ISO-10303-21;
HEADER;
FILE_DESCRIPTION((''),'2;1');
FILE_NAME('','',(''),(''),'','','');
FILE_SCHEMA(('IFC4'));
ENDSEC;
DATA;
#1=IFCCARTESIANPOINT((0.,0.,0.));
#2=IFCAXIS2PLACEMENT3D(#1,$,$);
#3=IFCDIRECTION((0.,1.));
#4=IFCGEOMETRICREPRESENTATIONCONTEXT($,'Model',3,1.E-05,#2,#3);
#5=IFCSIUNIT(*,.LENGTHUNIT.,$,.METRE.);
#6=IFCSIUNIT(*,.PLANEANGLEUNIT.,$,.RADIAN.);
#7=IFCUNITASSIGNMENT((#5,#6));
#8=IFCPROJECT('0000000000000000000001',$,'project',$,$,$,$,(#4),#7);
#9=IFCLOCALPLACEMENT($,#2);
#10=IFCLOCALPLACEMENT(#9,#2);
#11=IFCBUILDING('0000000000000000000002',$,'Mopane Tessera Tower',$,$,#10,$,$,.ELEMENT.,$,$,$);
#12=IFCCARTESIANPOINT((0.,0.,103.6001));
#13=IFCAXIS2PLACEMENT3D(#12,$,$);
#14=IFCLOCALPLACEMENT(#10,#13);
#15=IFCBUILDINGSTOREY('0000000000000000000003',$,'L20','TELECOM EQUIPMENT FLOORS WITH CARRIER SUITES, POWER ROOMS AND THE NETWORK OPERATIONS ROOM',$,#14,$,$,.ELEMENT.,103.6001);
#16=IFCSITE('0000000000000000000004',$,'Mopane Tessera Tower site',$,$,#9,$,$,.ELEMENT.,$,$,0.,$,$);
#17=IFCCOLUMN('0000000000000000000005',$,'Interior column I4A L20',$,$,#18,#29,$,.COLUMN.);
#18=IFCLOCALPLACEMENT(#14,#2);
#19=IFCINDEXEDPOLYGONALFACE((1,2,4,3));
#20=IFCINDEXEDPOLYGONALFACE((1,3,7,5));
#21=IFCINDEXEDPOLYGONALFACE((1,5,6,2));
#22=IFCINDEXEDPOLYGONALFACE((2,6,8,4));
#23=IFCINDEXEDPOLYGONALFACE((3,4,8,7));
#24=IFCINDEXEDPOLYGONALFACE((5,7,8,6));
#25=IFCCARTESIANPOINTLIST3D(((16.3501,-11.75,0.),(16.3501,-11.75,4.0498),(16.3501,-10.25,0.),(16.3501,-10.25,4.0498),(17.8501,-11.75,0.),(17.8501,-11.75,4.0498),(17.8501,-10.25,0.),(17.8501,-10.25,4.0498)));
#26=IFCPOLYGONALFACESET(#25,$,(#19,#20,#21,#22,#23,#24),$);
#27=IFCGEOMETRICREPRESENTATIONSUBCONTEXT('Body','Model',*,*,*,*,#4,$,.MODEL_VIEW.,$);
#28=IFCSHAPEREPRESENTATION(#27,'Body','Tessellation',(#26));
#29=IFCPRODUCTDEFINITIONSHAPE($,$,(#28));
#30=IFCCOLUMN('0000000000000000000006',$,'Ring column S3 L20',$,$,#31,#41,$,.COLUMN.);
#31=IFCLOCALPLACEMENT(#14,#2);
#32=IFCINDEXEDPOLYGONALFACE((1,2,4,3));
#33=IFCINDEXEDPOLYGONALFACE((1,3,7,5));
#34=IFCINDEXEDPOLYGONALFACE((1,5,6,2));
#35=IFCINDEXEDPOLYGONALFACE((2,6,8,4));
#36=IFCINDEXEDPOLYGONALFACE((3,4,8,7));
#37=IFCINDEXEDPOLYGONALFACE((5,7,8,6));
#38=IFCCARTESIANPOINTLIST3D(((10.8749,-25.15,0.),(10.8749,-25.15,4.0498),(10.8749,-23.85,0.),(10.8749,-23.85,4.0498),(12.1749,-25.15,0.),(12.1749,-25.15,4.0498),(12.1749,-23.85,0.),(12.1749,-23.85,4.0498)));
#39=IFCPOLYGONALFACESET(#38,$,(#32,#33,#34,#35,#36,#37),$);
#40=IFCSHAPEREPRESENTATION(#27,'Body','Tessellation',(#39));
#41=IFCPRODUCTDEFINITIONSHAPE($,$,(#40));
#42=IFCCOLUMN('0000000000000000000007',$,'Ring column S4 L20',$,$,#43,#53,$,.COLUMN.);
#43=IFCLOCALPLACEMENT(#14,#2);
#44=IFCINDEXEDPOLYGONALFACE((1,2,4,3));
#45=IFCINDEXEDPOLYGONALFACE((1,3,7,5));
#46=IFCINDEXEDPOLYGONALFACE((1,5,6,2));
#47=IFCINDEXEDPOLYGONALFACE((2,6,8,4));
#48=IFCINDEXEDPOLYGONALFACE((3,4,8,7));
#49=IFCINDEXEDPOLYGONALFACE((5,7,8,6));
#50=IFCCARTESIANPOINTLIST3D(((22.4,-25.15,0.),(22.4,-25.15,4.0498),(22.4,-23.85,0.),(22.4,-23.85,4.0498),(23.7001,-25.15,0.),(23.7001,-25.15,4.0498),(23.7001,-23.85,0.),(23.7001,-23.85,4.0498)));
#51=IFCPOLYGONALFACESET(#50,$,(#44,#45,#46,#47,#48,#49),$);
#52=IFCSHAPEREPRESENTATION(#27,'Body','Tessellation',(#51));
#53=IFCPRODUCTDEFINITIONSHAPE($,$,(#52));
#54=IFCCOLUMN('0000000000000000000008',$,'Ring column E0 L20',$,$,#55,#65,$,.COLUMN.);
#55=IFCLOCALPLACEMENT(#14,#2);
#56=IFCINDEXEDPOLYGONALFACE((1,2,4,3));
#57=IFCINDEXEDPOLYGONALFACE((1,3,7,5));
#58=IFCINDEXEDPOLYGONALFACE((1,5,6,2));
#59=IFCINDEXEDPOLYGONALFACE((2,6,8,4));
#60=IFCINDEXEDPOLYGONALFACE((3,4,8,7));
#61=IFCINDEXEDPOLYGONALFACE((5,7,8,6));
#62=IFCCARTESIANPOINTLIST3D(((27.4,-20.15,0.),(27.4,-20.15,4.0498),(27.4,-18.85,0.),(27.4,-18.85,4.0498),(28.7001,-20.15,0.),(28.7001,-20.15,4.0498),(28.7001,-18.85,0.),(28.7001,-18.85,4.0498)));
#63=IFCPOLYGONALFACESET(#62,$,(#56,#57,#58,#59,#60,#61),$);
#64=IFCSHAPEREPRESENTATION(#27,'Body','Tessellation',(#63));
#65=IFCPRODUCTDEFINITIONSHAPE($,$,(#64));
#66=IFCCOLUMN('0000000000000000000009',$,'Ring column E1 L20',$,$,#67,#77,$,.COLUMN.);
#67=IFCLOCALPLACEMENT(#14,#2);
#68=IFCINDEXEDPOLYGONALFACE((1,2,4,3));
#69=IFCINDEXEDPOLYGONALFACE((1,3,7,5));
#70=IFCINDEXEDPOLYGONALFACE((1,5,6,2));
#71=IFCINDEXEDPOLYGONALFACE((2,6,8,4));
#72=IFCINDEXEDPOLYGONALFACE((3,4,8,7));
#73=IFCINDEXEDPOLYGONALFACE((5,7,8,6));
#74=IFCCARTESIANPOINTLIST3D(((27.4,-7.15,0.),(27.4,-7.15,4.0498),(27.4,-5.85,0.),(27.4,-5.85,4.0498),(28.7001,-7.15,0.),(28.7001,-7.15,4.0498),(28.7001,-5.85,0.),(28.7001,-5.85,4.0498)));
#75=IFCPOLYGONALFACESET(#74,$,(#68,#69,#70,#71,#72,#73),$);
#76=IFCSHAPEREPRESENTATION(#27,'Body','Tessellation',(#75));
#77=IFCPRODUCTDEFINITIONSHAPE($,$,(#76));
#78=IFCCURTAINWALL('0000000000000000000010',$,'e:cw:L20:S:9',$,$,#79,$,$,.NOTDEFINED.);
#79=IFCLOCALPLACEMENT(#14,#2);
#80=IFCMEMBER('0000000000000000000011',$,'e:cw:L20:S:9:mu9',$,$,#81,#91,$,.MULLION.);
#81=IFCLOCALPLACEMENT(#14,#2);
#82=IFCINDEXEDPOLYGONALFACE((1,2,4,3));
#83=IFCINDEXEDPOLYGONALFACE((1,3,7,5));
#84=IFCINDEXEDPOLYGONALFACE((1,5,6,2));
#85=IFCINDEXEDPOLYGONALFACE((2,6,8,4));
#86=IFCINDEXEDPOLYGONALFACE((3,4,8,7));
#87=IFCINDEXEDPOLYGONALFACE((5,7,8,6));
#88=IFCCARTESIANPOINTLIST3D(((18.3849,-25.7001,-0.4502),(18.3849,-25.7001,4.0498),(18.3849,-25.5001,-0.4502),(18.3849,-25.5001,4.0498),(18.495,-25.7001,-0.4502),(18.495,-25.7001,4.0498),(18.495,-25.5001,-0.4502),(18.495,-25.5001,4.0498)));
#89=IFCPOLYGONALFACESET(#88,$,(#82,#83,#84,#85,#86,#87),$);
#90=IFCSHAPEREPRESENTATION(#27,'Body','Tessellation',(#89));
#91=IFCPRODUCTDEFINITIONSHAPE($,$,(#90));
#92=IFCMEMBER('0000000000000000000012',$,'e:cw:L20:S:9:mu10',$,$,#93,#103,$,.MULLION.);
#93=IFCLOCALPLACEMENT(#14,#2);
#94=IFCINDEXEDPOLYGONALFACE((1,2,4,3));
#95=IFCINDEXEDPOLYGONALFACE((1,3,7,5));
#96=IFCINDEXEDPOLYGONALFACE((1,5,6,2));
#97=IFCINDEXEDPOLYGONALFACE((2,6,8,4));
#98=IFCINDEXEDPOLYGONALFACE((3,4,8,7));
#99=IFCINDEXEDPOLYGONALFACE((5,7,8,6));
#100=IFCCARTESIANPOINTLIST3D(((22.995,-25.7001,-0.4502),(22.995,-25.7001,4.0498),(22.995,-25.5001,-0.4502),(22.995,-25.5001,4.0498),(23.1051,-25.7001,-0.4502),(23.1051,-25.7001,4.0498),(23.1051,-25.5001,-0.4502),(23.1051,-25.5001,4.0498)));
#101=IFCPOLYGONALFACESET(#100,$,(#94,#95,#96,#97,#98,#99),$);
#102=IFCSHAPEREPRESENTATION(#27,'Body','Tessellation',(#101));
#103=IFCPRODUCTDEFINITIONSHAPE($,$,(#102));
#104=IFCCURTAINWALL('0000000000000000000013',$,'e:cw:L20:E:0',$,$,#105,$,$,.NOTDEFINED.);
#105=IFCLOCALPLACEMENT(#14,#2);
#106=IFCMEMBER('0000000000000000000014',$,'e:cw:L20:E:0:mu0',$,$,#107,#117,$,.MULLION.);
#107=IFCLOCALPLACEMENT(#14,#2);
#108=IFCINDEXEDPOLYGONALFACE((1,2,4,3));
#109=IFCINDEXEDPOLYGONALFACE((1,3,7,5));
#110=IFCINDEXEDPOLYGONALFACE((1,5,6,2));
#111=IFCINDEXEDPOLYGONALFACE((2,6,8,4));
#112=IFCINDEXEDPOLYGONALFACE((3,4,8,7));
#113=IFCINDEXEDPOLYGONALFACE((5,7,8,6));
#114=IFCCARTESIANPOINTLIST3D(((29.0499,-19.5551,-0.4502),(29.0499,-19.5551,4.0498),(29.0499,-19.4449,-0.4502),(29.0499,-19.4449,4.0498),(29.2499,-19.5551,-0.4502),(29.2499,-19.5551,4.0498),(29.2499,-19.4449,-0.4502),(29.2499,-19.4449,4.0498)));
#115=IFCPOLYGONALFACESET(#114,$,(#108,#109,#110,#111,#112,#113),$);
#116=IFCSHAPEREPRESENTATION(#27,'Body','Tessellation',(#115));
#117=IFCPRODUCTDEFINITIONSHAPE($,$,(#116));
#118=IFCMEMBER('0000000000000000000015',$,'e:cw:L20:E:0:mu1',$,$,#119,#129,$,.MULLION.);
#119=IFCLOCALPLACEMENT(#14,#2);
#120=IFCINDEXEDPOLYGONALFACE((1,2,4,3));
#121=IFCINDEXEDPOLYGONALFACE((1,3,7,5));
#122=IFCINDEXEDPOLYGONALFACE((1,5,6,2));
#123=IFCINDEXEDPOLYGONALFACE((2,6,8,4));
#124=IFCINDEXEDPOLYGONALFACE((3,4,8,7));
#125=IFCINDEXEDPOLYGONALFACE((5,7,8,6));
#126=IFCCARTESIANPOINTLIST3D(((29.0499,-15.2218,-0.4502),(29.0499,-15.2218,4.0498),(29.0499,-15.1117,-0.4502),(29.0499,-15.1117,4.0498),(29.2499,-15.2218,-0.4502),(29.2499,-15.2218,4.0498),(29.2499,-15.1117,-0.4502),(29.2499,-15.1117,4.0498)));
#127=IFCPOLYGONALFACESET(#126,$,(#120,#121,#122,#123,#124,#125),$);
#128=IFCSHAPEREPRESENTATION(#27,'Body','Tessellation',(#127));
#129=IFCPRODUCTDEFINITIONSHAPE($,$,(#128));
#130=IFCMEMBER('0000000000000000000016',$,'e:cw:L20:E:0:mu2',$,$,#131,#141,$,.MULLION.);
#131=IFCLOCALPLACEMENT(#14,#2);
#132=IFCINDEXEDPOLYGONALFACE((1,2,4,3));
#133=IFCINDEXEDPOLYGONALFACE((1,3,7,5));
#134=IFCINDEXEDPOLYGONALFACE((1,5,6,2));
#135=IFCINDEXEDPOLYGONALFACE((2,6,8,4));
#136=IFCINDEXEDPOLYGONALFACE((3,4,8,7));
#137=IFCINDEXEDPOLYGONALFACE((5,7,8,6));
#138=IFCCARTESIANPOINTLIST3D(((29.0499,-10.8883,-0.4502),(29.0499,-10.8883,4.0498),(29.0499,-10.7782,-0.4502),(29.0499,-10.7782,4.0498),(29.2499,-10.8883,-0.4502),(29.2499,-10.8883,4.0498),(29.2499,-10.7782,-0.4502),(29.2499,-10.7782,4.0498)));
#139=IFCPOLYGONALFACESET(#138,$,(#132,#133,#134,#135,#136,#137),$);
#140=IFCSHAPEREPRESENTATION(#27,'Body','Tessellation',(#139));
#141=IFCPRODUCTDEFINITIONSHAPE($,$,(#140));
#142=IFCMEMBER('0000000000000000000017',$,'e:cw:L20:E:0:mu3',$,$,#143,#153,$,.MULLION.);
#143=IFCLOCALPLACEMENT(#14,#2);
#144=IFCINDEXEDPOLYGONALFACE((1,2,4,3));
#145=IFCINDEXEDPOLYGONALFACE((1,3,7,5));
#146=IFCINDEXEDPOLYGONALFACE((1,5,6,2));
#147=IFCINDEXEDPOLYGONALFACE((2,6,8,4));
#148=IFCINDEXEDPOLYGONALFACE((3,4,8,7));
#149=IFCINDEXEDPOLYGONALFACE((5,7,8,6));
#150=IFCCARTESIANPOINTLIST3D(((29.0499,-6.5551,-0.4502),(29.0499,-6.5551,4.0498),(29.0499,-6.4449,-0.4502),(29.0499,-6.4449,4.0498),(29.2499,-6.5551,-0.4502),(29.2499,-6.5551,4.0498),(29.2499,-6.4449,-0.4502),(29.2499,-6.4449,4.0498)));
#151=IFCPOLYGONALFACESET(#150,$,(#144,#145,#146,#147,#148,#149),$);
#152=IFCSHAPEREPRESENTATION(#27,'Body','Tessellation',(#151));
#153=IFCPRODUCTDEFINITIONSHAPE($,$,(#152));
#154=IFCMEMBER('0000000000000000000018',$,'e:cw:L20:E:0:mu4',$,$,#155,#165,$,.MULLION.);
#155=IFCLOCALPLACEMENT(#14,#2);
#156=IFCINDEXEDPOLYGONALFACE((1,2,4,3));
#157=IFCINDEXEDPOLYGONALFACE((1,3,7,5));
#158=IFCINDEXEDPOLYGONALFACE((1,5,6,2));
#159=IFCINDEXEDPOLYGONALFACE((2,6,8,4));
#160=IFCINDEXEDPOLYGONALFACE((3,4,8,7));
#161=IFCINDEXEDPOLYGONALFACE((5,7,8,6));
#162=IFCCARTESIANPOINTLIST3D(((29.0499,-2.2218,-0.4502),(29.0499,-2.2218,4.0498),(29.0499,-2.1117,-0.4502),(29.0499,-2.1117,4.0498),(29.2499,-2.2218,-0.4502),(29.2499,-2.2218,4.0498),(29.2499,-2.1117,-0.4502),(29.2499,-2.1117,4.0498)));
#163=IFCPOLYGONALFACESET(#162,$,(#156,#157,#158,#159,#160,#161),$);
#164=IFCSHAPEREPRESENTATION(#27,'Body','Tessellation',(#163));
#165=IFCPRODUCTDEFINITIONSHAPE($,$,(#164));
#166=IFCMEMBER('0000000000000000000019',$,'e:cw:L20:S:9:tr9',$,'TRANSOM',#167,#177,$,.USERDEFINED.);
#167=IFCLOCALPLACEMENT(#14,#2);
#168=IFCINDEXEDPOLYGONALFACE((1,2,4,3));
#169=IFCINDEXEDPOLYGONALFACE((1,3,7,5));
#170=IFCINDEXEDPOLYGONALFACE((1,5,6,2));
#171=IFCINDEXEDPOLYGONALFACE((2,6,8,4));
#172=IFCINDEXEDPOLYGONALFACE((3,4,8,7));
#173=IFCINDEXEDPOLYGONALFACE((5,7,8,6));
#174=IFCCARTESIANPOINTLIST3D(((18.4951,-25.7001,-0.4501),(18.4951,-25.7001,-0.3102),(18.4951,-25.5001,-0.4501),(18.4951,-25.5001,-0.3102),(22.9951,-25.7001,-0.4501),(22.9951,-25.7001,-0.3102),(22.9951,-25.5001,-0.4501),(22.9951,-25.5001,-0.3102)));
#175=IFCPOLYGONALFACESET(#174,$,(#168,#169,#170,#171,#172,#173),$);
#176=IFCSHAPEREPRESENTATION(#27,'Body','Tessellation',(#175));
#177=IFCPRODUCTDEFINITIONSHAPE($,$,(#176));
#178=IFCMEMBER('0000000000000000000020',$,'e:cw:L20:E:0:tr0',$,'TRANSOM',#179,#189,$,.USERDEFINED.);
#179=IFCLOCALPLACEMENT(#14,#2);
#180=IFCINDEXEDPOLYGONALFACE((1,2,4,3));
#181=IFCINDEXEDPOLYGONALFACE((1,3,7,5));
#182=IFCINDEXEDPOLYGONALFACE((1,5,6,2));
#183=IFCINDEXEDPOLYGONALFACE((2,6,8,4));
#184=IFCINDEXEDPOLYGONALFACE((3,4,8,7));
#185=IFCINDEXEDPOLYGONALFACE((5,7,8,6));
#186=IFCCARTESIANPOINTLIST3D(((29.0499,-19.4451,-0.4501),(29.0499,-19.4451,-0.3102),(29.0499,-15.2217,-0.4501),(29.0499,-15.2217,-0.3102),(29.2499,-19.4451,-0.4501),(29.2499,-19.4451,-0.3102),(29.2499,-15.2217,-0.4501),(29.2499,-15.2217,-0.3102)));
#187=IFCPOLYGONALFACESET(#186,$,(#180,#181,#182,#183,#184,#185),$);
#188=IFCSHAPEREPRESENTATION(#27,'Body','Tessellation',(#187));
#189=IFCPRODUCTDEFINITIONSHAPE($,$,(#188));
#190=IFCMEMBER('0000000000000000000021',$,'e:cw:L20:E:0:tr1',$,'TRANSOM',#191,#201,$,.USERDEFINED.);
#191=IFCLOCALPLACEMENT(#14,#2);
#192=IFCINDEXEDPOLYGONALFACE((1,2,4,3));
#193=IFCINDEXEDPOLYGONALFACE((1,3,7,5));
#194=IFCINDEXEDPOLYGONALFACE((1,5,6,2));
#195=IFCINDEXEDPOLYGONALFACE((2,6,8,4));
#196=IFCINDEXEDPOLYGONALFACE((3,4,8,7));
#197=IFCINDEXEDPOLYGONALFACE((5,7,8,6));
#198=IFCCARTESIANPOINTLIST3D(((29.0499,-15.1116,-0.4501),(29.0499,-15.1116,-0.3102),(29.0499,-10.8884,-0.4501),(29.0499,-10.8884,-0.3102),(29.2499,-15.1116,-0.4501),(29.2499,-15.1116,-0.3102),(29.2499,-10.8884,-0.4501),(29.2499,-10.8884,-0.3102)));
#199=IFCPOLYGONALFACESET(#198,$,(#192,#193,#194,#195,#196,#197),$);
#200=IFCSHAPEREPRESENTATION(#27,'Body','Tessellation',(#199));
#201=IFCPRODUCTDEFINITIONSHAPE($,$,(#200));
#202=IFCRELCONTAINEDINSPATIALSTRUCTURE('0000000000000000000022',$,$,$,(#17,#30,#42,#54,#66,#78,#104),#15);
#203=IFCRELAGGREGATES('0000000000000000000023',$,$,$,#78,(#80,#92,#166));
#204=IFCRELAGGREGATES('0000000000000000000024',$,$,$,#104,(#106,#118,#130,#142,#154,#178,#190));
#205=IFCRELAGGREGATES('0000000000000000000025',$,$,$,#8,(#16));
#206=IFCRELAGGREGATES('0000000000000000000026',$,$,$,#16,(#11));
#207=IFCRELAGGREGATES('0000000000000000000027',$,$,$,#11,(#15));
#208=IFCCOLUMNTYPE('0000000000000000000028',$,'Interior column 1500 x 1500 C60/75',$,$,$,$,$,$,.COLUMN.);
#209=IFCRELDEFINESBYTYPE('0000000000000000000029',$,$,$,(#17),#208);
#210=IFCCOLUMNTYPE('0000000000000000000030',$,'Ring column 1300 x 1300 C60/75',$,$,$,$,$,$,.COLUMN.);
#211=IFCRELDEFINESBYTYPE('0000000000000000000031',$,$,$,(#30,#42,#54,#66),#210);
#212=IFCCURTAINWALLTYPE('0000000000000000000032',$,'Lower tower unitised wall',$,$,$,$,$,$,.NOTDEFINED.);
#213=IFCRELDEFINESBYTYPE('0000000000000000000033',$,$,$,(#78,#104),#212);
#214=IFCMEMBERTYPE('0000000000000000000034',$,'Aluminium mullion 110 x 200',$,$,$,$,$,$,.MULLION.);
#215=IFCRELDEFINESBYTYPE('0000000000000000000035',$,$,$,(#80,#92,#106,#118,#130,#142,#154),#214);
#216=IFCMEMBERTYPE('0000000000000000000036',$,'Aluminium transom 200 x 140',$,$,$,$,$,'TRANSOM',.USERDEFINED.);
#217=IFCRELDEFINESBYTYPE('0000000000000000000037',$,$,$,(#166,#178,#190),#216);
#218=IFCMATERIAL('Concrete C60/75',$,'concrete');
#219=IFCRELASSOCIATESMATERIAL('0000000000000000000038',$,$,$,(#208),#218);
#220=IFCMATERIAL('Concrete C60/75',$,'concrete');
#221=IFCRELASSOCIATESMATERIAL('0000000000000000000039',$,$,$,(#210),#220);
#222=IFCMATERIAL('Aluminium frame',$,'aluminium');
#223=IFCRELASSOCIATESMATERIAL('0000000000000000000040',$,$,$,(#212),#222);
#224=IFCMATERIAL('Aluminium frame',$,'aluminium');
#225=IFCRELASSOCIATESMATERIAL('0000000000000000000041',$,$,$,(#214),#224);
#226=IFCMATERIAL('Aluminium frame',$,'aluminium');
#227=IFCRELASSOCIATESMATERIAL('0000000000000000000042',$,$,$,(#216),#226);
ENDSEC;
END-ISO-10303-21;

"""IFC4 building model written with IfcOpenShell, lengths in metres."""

from ifc_helpers import new_model, si_unit, direction, frame, origin, origin_2d, place, context, subcontext, project, spatial, rectangle, extrude, material, material_profile, profile_set, type_object, element, aggregate, save


model = new_model("IFC4")

# Units and contexts
model_context = context("Model", 3, precision=1e-05, world=origin(), true_north=direction((0.0, 1.0)))
body_context = subcontext(model_context, "Body", "Model", "MODEL_VIEW")
ifc_project = project(units=[si_unit("LENGTHUNIT", "METRE"), si_unit("PLANEANGLEUNIT", "RADIAN")], contexts=[model_context])

# Site, building, storey
site_placement = place(None, origin())
site = spatial("IfcSite", under=ifc_project, at=site_placement, Name="Mopane Tessera Tower site", CompositionType="ELEMENT", RefElevation=0.0)
building_placement = place(site_placement, origin())
building = spatial("IfcBuilding", under=site, at=building_placement, Name="Mopane Tessera Tower", CompositionType="ELEMENT")
storey_placement = place(building_placement, frame((0.0, 0.0, 103.6001)))
storey = spatial("IfcBuildingStorey", under=building, at=storey_placement, Name="L20", Description="TELECOM EQUIPMENT FLOORS WITH CARRIER SUITES, POWER ROOMS AND THE NETWORK OPERATIONS ROOM", CompositionType="ELEMENT", Elevation=103.6001)

# Columns
ifc_material_1 = material(Name="Concrete C60/75", Category="concrete")
ifc_material_profile_1 = material_profile(ifc_material_1, rectangle(XDim=1.5, YDim=1.5, at=origin_2d()))
ifc_profile_set_1 = profile_set([ifc_material_profile_1], Name="Concrete C60/75")
column_type_1 = type_object("IfcColumnType", Name="Interior column 1500 x 1500 C60/75", PredefinedType="COLUMN", material=ifc_profile_set_1)
column_placement = place(storey_placement, frame((17.1001, -11.0, 0.0), z_axis=(0.0, 0.0, 1.0), x_axis=(1.0, 0.0, 0.0)))
element("IfcColumn", 1, at=column_placement, inside=storey, type_object=column_type_1, Name="Interior column I4A L20", PredefinedType="COLUMN", context=body_context, shape_type="SweptSolid", body=[
    extrude(rectangle(XDim=1.5, YDim=1.5, at=origin_2d()), origin(), (0.0, 0.0, 1.0), 4.0498),
])
ifc_material_2 = material(Name="Concrete C60/75", Category="concrete")
ifc_material_profile_2 = material_profile(ifc_material_2, rectangle(XDim=1.3, YDim=1.3, at=origin_2d()))
ifc_profile_set_2 = profile_set([ifc_material_profile_2], Name="Concrete C60/75")
column_type_2 = type_object("IfcColumnType", Name="Ring column 1300 x 1300 C60/75", PredefinedType="COLUMN", material=ifc_profile_set_2)
for number, where, z_axis, x_axis, name in (
    (2, (11.5249, -24.5, 0.0), (0.0, 0.0, 1.0), (1.0, 0.0, 0.0), "Ring column S3 L20"),
    (3, (23.05, -24.5, 0.0), (0.0, 0.0, 1.0), (1.0, 0.0, 0.0), "Ring column S4 L20"),
    (4, (28.05, -19.5, 0.0), (0.0, 0.0, 1.0), (1.0, 0.0, 0.0), "Ring column E0 L20"),
    (5, (28.05, -6.5, 0.0), (0.0, 0.0, 1.0), (1.0, 0.0, 0.0), "Ring column E1 L20"),
):
    element("IfcColumn", number, at=place(storey_placement, frame(where, z_axis=z_axis, x_axis=x_axis)), inside=storey, type_object=column_type_2, Name=name, PredefinedType="COLUMN", context=body_context, shape_type="SweptSolid", body=[
        extrude(rectangle(XDim=1.3, YDim=1.3, at=origin_2d()), origin(), (0.0, 0.0, 1.0), 4.0498),
    ])

# Curtain walls, members
ifc_material_3 = material(Name="Aluminium frame", Category="aluminium")
curtain_wall_type = type_object("IfcCurtainWallType", Name="Lower tower unitised wall", PredefinedType="NOTDEFINED", material=ifc_material_3)
curtain_wall_1_placement = place(storey_placement, origin())
curtain_wall_1 = element("IfcCurtainWall", 6, at=curtain_wall_1_placement, inside=storey, type_object=curtain_wall_type, Name="e:cw:L20:S:9", PredefinedType="NOTDEFINED")
ifc_material_4 = material(Name="Aluminium frame", Category="aluminium")
ifc_material_profile_3 = material_profile(ifc_material_4, rectangle(XDim=0.1101, YDim=0.2, at=origin_2d()))
ifc_profile_set_3 = profile_set([ifc_material_profile_3], Name="Aluminium frame")
member_type_1 = type_object("IfcMemberType", Name="Aluminium mullion 110 x 200", PredefinedType="MULLION", material=ifc_profile_set_3)
member_1_placement = place(storey_placement, frame((18.4399, -25.6001, -0.4502), z_axis=(0.0, 0.0, 1.0), x_axis=(1.0, 0.0, 0.0)))
member_1 = element("IfcMember", 7, at=member_1_placement, type_object=member_type_1, Name="e:cw:L20:S:9:mu9", PredefinedType="MULLION", context=body_context, shape_type="SweptSolid", body=[
    extrude(rectangle(XDim=0.1101, YDim=0.2, at=origin_2d()), origin(), (0.0, 0.0, 1.0), 4.5),
])
member_2_placement = place(storey_placement, frame((23.05, -25.6001, -0.4502), z_axis=(0.0, 0.0, 1.0), x_axis=(1.0, 0.0, 0.0)))
member_2 = element("IfcMember", 8, at=member_2_placement, type_object=member_type_1, Name="e:cw:L20:S:9:mu10", PredefinedType="MULLION", context=body_context, shape_type="SweptSolid", body=[
    extrude(rectangle(XDim=0.1101, YDim=0.2, at=origin_2d()), origin(), (0.0, 0.0, 1.0), 4.5),
])
curtain_wall_2_placement = place(storey_placement, origin())
curtain_wall_2 = element("IfcCurtainWall", 9, at=curtain_wall_2_placement, inside=storey, type_object=curtain_wall_type, Name="e:cw:L20:E:0", PredefinedType="NOTDEFINED")
member_3_placement = place(storey_placement, frame((29.1499, -19.5, -0.4502), z_axis=(0.0, 0.0, 1.0), x_axis=(0.0, 1.0, 0.0)))
member_3 = element("IfcMember", 10, at=member_3_placement, type_object=member_type_1, Name="e:cw:L20:E:0:mu0", PredefinedType="MULLION", context=body_context, shape_type="SweptSolid", body=[
    extrude(rectangle(XDim=0.1101, YDim=0.2, at=origin_2d()), origin(), (0.0, 0.0, 1.0), 4.5),
])
member_4_placement = place(storey_placement, frame((29.1499, -15.1667, -0.4502), z_axis=(0.0, 0.0, 1.0), x_axis=(0.0, 1.0, 0.0)))
member_4 = element("IfcMember", 11, at=member_4_placement, type_object=member_type_1, Name="e:cw:L20:E:0:mu1", PredefinedType="MULLION", context=body_context, shape_type="SweptSolid", body=[
    extrude(rectangle(XDim=0.1101, YDim=0.2, at=origin_2d()), origin(), (0.0, 0.0, 1.0), 4.5),
])
member_5_placement = place(storey_placement, frame((29.1499, -10.8333, -0.4502), z_axis=(0.0, 0.0, 1.0), x_axis=(0.0, 1.0, 0.0)))
member_5 = element("IfcMember", 12, at=member_5_placement, type_object=member_type_1, Name="e:cw:L20:E:0:mu2", PredefinedType="MULLION", context=body_context, shape_type="SweptSolid", body=[
    extrude(rectangle(XDim=0.1101, YDim=0.2, at=origin_2d()), origin(), (0.0, 0.0, 1.0), 4.5),
])
member_6_placement = place(storey_placement, frame((29.1499, -6.5, -0.4502), z_axis=(0.0, 0.0, 1.0), x_axis=(0.0, 1.0, 0.0)))
member_6 = element("IfcMember", 13, at=member_6_placement, type_object=member_type_1, Name="e:cw:L20:E:0:mu3", PredefinedType="MULLION", context=body_context, shape_type="SweptSolid", body=[
    extrude(rectangle(XDim=0.1101, YDim=0.2, at=origin_2d()), origin(), (0.0, 0.0, 1.0), 4.5),
])
member_7_placement = place(storey_placement, frame((29.1499, -2.1667, -0.4502), z_axis=(0.0, 0.0, 1.0), x_axis=(0.0, 1.0, 0.0)))
member_7 = element("IfcMember", 14, at=member_7_placement, type_object=member_type_1, Name="e:cw:L20:E:0:mu4", PredefinedType="MULLION", context=body_context, shape_type="SweptSolid", body=[
    extrude(rectangle(XDim=0.1101, YDim=0.2, at=origin_2d()), origin(), (0.0, 0.0, 1.0), 4.5),
])

# Members
ifc_material_5 = material(Name="Aluminium frame", Category="aluminium")
ifc_material_profile_4 = material_profile(ifc_material_5, rectangle(XDim=0.2, YDim=0.1399, at=origin_2d()))
ifc_profile_set_4 = profile_set([ifc_material_profile_4], Name="Aluminium frame")
member_type_2 = type_object("IfcMemberType", Name="Aluminium transom 200 x 140", ElementType="TRANSOM", PredefinedType="USERDEFINED", material=ifc_profile_set_4)
member_8_placement = place(storey_placement, frame((18.4951, -25.6001, -0.3801), z_axis=(1.0, 0.0, 0.0), x_axis=(0.0, 1.0, 0.0)))
member_8 = element("IfcMember", 15, at=member_8_placement, type_object=member_type_2, Name="e:cw:L20:S:9:tr9", ObjectType="TRANSOM", PredefinedType="USERDEFINED", context=body_context, shape_type="SweptSolid", body=[
    extrude(rectangle(XDim=0.2, YDim=0.1399, at=origin_2d()), origin(), (0.0, 0.0, 1.0), 4.5),
])
member_9_placement = place(storey_placement, frame((29.1499, -19.4451, -0.3801), z_axis=(0.0, 1.0, 0.0), x_axis=(-1.0, 0.0, 0.0)))
member_9 = element("IfcMember", 16, at=member_9_placement, type_object=member_type_2, Name="e:cw:L20:E:0:tr0", ObjectType="TRANSOM", PredefinedType="USERDEFINED", context=body_context, shape_type="SweptSolid", body=[
    extrude(rectangle(XDim=0.2, YDim=0.1399, at=origin_2d()), origin(), (0.0, 0.0, 1.0), 4.2234),
])
member_10_placement = place(storey_placement, frame((29.1499, -15.1116, -0.3801), z_axis=(0.0, 1.0, 0.0), x_axis=(-1.0, 0.0, 0.0)))
member_10 = element("IfcMember", 17, at=member_10_placement, type_object=member_type_2, Name="e:cw:L20:E:0:tr1", ObjectType="TRANSOM", PredefinedType="USERDEFINED", context=body_context, shape_type="SweptSolid", body=[
    extrude(rectangle(XDim=0.2, YDim=0.1399, at=origin_2d()), origin(), (0.0, 0.0, 1.0), 4.2231),
])

aggregate(curtain_wall_1, [member_1, member_2, member_8])
aggregate(curtain_wall_2, [member_3, member_4, member_5, member_6, member_7, member_9, member_10])

save(model, "model.ifc")
